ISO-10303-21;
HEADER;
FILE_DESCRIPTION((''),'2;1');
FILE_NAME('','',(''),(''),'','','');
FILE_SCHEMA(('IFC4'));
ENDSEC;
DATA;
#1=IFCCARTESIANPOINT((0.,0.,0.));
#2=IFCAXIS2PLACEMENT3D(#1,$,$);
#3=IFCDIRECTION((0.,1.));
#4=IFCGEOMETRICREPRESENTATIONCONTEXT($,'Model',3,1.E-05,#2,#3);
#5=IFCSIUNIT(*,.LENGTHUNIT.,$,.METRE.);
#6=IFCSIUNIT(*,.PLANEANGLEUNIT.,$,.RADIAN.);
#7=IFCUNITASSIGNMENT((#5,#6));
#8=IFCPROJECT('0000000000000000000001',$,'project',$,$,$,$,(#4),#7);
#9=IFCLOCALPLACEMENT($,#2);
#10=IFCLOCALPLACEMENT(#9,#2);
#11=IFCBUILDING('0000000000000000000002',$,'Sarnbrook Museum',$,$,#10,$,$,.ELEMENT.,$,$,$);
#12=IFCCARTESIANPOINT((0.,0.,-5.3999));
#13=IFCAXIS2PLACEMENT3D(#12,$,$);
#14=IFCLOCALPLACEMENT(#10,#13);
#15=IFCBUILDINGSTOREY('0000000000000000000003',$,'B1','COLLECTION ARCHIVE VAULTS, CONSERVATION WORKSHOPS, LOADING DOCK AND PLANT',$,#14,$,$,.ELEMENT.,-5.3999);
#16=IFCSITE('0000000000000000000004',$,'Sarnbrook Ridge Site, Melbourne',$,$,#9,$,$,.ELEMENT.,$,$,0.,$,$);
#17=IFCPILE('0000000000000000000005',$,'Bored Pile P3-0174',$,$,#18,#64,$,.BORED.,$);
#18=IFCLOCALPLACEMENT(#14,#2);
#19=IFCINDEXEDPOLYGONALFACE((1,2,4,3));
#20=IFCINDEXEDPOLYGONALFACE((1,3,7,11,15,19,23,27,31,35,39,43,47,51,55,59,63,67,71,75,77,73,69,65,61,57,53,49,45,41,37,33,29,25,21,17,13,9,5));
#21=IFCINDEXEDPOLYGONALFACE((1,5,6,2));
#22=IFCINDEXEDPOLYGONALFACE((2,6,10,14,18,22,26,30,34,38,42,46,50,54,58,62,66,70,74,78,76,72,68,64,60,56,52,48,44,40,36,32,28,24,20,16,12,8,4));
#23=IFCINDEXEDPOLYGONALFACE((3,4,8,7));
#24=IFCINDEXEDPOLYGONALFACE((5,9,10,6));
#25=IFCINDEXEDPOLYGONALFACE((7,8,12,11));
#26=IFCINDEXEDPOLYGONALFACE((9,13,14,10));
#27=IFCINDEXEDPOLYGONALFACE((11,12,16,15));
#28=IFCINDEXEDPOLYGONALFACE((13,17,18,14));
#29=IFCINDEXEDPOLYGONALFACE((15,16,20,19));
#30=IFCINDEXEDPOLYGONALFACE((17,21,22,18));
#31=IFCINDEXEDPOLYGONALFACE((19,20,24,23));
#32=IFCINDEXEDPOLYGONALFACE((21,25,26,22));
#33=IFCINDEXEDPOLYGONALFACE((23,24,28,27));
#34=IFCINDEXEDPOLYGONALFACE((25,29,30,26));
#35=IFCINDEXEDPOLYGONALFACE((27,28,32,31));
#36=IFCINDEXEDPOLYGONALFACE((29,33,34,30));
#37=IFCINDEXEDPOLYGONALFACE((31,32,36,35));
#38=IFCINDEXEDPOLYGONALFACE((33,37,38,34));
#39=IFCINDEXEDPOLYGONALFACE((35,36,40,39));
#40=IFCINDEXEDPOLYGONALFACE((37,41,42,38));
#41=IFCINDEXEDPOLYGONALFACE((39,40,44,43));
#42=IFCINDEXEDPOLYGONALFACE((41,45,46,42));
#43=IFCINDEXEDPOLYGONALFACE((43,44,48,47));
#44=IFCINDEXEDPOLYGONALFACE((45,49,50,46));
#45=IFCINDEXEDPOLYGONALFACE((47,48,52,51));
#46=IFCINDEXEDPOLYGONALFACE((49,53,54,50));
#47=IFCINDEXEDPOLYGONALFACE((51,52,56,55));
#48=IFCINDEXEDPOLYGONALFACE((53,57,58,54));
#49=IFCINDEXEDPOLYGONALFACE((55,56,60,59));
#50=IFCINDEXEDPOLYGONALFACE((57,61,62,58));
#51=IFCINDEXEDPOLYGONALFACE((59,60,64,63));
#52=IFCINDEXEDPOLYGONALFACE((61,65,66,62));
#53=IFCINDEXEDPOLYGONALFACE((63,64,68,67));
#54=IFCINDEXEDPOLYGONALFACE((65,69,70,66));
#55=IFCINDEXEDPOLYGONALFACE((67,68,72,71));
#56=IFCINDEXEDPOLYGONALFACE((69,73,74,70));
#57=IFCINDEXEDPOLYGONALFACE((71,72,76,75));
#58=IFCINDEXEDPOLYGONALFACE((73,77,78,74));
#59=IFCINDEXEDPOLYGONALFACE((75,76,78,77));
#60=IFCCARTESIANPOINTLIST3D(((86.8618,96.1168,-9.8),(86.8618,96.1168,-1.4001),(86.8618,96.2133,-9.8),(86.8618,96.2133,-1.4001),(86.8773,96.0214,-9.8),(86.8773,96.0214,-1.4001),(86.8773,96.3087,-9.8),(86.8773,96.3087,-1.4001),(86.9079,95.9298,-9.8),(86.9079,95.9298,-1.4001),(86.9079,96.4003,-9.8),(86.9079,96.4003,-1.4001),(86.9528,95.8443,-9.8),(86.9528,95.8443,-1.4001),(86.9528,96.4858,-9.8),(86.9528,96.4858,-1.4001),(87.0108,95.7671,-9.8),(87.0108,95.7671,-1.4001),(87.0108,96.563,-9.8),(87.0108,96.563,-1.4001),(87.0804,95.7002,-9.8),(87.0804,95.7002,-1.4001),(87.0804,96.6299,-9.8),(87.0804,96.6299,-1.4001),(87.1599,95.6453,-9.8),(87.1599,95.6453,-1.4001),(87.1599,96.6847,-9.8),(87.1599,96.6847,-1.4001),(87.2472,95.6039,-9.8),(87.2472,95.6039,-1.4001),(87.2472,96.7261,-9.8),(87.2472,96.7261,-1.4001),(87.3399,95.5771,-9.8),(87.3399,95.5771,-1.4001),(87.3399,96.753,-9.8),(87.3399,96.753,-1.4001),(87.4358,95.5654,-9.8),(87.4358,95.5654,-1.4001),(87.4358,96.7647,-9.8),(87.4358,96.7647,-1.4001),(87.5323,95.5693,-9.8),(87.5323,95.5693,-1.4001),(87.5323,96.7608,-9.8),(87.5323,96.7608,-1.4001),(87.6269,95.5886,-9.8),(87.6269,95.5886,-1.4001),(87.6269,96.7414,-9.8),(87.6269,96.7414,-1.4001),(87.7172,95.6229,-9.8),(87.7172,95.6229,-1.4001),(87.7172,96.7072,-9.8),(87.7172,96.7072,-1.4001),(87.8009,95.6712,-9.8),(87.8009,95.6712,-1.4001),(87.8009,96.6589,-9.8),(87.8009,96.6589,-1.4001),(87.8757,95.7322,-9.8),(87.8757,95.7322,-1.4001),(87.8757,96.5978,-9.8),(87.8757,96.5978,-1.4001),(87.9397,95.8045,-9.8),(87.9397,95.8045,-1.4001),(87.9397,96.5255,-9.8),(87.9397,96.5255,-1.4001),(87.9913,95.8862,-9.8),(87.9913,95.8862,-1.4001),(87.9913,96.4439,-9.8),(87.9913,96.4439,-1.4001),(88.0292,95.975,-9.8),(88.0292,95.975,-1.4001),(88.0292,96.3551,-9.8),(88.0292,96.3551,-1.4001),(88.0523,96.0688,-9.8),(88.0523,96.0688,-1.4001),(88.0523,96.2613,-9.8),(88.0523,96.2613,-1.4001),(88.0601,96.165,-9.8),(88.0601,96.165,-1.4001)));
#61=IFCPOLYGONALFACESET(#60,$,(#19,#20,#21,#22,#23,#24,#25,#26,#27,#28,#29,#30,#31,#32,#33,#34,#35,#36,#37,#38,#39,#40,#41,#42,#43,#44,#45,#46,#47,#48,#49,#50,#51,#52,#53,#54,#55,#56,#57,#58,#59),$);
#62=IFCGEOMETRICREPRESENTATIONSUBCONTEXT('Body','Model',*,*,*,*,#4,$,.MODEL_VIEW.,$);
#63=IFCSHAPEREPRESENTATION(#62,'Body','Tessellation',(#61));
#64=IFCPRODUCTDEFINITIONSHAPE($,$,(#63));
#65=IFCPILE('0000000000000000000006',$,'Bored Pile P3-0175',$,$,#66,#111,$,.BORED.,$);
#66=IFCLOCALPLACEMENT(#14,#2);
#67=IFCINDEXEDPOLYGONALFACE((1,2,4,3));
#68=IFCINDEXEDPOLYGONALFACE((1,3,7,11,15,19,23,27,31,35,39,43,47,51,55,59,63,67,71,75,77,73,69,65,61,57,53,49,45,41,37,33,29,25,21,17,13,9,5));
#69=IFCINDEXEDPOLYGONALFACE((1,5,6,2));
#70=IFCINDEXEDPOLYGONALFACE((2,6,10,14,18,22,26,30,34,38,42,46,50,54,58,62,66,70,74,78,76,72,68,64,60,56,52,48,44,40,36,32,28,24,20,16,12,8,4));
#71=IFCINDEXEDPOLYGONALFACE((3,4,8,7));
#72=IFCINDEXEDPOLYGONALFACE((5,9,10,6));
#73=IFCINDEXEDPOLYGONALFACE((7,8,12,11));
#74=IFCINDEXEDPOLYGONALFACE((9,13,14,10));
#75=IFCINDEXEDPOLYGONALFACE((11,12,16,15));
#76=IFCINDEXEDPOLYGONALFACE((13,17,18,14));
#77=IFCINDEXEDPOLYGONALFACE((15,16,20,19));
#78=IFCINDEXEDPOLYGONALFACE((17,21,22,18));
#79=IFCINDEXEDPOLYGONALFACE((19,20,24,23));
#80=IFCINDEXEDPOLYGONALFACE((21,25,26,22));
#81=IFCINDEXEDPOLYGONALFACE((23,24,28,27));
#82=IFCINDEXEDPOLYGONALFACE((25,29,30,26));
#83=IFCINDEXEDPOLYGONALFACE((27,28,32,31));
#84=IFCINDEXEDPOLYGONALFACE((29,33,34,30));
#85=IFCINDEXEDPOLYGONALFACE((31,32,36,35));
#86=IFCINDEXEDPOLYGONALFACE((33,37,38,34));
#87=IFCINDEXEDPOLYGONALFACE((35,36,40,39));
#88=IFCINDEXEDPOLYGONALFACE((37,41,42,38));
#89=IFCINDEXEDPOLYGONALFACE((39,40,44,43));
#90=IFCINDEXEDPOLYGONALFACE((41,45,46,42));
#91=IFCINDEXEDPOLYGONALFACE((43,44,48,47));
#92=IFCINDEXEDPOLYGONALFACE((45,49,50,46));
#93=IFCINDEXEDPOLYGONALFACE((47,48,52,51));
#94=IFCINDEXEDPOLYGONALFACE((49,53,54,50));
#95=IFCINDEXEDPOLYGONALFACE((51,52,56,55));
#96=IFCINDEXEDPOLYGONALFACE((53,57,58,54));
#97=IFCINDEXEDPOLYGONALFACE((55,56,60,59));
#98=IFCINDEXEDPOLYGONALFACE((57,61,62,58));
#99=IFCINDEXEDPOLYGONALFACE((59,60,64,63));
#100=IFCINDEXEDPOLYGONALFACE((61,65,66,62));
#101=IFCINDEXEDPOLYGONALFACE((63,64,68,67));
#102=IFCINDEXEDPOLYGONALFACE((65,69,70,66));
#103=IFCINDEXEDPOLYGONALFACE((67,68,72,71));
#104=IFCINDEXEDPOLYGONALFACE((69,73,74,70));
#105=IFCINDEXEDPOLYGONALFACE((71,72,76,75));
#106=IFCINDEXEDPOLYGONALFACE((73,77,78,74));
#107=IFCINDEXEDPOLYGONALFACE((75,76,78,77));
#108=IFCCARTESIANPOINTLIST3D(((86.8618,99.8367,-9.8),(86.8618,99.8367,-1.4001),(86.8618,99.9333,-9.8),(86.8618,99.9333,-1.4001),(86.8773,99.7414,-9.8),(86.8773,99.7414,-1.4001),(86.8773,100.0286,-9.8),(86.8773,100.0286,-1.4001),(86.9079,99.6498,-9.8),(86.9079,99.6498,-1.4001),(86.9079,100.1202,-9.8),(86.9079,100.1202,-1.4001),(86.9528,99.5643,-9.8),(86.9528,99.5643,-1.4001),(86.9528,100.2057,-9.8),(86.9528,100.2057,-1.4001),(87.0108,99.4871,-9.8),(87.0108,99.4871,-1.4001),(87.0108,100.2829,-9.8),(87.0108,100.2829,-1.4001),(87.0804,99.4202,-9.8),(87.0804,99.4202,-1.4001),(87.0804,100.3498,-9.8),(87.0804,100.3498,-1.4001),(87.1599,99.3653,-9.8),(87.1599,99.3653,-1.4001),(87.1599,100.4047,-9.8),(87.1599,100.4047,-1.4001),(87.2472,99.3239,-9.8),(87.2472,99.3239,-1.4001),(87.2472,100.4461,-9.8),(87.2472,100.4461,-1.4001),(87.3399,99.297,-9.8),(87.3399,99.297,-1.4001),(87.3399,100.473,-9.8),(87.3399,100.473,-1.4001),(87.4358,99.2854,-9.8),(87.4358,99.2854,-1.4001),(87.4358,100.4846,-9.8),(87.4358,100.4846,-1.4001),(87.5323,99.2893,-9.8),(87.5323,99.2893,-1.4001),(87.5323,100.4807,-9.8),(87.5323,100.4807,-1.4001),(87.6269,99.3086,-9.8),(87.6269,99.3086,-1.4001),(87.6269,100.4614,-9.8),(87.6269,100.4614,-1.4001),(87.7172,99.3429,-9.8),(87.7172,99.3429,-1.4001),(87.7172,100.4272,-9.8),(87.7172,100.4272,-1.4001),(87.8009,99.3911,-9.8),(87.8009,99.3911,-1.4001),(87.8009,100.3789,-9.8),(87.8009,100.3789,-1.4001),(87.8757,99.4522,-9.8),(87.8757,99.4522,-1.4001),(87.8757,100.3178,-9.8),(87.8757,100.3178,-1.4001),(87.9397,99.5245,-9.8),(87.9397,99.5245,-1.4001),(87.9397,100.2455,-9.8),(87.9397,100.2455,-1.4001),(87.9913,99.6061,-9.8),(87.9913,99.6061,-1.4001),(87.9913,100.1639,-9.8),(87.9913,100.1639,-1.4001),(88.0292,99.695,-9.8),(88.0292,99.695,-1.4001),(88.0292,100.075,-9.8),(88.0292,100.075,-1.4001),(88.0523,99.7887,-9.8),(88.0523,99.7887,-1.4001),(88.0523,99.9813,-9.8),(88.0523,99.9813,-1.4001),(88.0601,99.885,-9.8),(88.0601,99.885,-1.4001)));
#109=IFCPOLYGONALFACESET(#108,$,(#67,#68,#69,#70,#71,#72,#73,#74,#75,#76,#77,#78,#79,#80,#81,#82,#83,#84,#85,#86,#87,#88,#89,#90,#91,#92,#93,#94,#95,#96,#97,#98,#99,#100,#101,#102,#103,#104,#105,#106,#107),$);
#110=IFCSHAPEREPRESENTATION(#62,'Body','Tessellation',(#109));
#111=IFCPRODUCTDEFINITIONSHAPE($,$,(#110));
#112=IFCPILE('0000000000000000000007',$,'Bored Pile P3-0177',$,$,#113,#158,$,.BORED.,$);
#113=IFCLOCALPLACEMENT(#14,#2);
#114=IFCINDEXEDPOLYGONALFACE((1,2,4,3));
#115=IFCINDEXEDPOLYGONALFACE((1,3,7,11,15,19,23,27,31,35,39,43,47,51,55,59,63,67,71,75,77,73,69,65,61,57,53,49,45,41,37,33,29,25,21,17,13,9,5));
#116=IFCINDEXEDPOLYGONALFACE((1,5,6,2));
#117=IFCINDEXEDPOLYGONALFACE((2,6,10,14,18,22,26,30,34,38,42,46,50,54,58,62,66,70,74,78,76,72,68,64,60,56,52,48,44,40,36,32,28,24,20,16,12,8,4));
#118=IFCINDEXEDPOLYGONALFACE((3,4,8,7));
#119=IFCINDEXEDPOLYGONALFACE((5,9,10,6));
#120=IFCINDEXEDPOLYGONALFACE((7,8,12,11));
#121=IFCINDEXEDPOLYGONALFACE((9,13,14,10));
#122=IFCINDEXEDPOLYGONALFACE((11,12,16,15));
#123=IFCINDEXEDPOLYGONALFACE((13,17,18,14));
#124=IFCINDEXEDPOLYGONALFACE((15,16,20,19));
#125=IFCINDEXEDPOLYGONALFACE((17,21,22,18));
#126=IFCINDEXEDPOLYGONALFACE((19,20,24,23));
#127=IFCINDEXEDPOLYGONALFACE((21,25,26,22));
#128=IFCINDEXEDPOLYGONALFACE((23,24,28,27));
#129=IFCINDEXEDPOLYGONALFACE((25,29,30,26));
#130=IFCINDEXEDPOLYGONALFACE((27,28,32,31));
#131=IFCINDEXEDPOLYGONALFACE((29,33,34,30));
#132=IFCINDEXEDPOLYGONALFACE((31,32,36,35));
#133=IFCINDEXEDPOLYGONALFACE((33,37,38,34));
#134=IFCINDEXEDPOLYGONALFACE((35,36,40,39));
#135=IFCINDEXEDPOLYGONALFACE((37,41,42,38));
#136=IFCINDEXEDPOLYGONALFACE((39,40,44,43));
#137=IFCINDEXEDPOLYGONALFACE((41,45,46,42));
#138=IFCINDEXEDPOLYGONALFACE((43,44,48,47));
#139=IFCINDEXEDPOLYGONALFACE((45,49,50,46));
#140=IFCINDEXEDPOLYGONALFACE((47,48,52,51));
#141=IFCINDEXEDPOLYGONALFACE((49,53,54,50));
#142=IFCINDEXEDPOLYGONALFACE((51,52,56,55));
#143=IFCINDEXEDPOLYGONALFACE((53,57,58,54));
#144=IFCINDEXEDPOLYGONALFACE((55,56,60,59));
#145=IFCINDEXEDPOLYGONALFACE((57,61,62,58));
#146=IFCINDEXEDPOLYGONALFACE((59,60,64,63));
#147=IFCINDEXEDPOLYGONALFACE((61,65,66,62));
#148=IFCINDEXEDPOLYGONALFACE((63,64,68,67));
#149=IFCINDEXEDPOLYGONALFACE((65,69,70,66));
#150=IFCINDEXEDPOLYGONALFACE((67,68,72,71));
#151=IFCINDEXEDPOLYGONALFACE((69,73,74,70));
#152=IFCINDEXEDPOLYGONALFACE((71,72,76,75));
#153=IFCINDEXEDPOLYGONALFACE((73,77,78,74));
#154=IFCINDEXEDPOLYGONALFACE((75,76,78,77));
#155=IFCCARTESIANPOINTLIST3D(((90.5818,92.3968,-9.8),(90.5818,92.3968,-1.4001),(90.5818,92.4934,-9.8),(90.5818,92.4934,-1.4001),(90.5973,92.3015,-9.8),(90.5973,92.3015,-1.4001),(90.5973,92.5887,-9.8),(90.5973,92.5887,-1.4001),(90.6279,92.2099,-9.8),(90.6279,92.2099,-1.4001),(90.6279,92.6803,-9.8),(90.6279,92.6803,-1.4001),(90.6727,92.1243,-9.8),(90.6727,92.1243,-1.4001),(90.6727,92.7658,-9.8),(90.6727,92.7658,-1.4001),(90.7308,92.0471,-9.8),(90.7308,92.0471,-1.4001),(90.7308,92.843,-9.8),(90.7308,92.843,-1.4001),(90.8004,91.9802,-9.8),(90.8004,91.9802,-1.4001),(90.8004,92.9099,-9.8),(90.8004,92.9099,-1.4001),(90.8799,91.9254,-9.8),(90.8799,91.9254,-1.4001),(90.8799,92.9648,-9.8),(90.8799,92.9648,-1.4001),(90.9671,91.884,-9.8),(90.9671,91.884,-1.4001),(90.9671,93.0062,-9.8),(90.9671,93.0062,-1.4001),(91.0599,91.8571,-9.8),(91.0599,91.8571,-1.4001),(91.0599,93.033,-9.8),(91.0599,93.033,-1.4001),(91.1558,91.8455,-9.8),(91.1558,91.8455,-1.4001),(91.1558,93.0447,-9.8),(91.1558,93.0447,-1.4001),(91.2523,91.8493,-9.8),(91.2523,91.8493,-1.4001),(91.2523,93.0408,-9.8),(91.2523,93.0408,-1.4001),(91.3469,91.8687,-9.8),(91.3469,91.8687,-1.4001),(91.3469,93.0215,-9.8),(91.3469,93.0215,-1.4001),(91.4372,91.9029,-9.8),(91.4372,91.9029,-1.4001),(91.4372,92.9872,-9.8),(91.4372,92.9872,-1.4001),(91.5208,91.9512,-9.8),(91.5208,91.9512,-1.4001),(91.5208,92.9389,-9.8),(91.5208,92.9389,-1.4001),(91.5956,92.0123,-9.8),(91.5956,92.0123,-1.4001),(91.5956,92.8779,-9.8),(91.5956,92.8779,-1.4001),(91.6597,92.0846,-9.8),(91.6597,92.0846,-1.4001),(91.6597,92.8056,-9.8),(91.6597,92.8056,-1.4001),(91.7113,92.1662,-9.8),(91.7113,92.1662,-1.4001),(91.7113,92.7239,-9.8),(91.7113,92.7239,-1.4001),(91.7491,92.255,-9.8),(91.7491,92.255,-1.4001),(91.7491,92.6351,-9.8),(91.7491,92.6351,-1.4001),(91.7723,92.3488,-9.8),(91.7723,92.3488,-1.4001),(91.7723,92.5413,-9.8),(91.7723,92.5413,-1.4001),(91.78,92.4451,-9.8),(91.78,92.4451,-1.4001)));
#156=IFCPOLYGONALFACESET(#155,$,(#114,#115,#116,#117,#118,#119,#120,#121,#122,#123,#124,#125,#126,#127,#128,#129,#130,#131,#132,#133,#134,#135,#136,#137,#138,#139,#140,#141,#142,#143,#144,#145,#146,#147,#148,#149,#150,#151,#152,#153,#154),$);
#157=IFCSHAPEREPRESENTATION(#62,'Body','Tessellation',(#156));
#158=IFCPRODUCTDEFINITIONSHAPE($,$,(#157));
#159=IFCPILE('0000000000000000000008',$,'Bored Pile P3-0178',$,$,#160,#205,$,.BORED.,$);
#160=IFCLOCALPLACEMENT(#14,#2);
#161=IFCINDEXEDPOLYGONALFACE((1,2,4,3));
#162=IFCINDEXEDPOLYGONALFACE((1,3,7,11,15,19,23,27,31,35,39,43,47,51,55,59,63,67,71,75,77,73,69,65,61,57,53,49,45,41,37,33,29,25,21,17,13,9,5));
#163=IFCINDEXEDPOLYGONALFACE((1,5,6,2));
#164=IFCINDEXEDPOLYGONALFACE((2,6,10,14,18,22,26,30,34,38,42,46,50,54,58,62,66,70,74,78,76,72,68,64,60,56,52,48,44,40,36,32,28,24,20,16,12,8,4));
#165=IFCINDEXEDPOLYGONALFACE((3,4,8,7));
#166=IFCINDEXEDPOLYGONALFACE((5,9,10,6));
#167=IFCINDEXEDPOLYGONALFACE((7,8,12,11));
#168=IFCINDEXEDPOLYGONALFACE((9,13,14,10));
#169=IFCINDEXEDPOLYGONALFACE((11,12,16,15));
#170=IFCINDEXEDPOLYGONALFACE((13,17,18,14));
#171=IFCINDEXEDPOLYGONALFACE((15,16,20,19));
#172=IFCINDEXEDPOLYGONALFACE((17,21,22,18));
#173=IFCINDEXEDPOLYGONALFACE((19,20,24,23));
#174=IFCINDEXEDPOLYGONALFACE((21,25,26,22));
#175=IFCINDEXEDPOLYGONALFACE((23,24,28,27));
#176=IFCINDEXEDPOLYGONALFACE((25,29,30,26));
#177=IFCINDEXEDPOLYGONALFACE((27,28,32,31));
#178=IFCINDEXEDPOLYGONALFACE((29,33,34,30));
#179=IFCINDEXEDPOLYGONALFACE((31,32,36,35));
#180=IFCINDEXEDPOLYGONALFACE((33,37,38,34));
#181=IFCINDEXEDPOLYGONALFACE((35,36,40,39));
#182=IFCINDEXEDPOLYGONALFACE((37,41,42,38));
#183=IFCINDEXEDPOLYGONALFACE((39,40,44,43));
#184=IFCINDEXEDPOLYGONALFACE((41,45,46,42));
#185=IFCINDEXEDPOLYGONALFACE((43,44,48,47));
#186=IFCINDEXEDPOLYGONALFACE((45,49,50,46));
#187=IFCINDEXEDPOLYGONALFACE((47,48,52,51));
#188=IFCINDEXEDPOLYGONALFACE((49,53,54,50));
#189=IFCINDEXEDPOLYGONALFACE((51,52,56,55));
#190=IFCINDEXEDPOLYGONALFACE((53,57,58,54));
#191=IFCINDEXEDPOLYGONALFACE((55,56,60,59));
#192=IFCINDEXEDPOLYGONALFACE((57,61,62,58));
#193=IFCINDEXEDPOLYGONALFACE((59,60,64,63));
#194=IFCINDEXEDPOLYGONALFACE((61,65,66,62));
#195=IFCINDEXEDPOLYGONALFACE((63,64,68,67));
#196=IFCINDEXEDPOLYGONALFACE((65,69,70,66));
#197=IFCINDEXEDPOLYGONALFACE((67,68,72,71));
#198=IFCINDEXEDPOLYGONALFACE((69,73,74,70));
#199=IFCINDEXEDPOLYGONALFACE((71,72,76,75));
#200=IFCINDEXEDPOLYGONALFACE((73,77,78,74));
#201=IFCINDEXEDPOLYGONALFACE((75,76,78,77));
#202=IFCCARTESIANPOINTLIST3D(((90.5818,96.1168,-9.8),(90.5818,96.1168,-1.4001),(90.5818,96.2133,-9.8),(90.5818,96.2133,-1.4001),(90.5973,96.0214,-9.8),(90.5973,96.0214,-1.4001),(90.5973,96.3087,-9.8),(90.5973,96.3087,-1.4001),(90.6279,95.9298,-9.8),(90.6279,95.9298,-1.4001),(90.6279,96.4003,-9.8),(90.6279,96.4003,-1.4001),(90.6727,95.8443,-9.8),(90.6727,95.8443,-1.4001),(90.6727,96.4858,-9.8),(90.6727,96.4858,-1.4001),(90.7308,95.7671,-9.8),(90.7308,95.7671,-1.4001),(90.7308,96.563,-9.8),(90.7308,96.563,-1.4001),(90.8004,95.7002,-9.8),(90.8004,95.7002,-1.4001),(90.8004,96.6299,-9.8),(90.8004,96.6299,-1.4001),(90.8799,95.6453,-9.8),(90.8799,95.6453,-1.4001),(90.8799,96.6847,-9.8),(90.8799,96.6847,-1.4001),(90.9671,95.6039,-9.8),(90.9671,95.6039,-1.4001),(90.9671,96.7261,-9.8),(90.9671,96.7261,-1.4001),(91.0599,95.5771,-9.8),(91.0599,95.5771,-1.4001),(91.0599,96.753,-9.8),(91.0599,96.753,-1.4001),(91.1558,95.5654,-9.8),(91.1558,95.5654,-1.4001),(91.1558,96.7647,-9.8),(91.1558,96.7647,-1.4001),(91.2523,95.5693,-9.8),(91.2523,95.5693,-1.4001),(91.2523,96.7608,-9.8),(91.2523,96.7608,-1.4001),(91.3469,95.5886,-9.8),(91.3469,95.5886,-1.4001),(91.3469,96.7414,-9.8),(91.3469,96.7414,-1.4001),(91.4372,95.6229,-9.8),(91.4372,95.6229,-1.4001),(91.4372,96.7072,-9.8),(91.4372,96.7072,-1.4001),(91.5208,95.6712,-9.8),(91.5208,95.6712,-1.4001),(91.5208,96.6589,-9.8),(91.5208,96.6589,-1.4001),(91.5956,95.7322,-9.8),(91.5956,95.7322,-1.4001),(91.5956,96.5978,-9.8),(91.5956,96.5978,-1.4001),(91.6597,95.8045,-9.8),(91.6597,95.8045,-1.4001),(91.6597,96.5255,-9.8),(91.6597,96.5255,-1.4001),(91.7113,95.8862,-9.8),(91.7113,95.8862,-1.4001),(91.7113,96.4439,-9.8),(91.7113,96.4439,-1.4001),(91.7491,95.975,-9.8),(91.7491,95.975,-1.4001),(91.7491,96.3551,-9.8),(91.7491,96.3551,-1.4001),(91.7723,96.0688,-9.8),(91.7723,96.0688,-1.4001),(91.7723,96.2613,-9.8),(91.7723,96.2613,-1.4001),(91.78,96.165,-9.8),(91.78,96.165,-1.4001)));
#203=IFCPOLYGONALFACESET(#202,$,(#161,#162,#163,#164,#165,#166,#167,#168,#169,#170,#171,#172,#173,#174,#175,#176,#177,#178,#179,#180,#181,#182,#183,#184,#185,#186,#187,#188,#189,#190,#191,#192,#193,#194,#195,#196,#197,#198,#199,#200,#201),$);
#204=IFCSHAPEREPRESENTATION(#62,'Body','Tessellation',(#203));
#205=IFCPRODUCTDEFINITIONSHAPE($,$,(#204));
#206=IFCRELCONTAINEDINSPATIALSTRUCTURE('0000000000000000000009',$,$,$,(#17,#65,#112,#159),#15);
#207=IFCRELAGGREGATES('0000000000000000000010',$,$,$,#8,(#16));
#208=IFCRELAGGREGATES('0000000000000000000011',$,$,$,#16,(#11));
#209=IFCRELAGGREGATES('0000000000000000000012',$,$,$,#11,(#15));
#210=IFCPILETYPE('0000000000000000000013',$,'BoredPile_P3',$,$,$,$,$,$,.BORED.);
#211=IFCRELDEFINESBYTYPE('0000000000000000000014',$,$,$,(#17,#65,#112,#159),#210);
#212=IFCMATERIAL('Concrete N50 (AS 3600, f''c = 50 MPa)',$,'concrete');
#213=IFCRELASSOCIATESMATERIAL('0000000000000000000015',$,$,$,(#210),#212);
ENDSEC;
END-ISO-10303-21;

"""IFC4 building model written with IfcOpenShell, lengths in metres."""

from ifc_helpers import new_model, si_unit, direction, frame, origin, origin_2d, place, context, subcontext, project, spatial, circle, extrude, material, material_profile, profile_set, type_object, element, save


model = new_model("IFC4")

# Units and contexts
model_context = context("Model", 3, precision=1e-05, world=origin(), true_north=direction((0.0, 1.0)))
body_context = subcontext(model_context, "Body", "Model", "MODEL_VIEW")
ifc_project = project(units=[si_unit("LENGTHUNIT", "METRE"), si_unit("PLANEANGLEUNIT", "RADIAN")], contexts=[model_context])

# Site, building, storey
site_placement = place(None, origin())
site = spatial("IfcSite", under=ifc_project, at=site_placement, Name="Sarnbrook Ridge Site, Melbourne", CompositionType="ELEMENT", RefElevation=0.0)
building_placement = place(site_placement, origin())
building = spatial("IfcBuilding", under=site, at=building_placement, Name="Sarnbrook Museum", CompositionType="ELEMENT")
storey_placement = place(building_placement, frame((0.0, 0.0, -5.3999)))
storey = spatial("IfcBuildingStorey", under=building, at=storey_placement, Name="B1", Description="COLLECTION ARCHIVE VAULTS, CONSERVATION WORKSHOPS, LOADING DOCK AND PLANT", CompositionType="ELEMENT", Elevation=-5.3999)

# Piles
ifc_material_1 = material(Name="Concrete N50 (AS 3600, f'c = 50 MPa)", Category="concrete")
ifc_material_profile_1 = material_profile(ifc_material_1, circle(Radius=0.6001, at=origin_2d()), Name="BORED PILE D1200")
ifc_profile_set_1 = profile_set([ifc_material_profile_1], Name="Concrete N50 (AS 3600, f'c = 50 MPa)")
pile_type = type_object("IfcPileType", Name="BoredPile_P3", PredefinedType="BORED", material=ifc_profile_set_1)
for number, where, z_axis, x_axis, name in (
    (1, (87.46, 96.165, -1.4001), (0.0, 0.0, -1.0), (1.0, 0.0, 0.0), "Bored Pile P3-0174"),
    (2, (87.46, 99.885, -1.4001), (0.0, 0.0, -1.0), (1.0, 0.0, 0.0), "Bored Pile P3-0175"),
    (3, (91.1799, 92.4451, -1.4001), (0.0, 0.0, -1.0), (1.0, 0.0, 0.0), "Bored Pile P3-0177"),
    (4, (91.1799, 96.165, -1.4001), (0.0, 0.0, -1.0), (1.0, 0.0, 0.0), "Bored Pile P3-0178"),
):
    element("IfcPile", number, at=place(storey_placement, frame(where, z_axis=z_axis, x_axis=x_axis)), inside=storey, type_object=pile_type, Name=name, PredefinedType="BORED", context=body_context, shape_type="SweptSolid", body=[
        extrude(circle(Radius=0.6001, at=origin_2d()), origin(), (0.0, 0.0, 1.0), 8.3999),
    ])

save(model, "model.ifc")
